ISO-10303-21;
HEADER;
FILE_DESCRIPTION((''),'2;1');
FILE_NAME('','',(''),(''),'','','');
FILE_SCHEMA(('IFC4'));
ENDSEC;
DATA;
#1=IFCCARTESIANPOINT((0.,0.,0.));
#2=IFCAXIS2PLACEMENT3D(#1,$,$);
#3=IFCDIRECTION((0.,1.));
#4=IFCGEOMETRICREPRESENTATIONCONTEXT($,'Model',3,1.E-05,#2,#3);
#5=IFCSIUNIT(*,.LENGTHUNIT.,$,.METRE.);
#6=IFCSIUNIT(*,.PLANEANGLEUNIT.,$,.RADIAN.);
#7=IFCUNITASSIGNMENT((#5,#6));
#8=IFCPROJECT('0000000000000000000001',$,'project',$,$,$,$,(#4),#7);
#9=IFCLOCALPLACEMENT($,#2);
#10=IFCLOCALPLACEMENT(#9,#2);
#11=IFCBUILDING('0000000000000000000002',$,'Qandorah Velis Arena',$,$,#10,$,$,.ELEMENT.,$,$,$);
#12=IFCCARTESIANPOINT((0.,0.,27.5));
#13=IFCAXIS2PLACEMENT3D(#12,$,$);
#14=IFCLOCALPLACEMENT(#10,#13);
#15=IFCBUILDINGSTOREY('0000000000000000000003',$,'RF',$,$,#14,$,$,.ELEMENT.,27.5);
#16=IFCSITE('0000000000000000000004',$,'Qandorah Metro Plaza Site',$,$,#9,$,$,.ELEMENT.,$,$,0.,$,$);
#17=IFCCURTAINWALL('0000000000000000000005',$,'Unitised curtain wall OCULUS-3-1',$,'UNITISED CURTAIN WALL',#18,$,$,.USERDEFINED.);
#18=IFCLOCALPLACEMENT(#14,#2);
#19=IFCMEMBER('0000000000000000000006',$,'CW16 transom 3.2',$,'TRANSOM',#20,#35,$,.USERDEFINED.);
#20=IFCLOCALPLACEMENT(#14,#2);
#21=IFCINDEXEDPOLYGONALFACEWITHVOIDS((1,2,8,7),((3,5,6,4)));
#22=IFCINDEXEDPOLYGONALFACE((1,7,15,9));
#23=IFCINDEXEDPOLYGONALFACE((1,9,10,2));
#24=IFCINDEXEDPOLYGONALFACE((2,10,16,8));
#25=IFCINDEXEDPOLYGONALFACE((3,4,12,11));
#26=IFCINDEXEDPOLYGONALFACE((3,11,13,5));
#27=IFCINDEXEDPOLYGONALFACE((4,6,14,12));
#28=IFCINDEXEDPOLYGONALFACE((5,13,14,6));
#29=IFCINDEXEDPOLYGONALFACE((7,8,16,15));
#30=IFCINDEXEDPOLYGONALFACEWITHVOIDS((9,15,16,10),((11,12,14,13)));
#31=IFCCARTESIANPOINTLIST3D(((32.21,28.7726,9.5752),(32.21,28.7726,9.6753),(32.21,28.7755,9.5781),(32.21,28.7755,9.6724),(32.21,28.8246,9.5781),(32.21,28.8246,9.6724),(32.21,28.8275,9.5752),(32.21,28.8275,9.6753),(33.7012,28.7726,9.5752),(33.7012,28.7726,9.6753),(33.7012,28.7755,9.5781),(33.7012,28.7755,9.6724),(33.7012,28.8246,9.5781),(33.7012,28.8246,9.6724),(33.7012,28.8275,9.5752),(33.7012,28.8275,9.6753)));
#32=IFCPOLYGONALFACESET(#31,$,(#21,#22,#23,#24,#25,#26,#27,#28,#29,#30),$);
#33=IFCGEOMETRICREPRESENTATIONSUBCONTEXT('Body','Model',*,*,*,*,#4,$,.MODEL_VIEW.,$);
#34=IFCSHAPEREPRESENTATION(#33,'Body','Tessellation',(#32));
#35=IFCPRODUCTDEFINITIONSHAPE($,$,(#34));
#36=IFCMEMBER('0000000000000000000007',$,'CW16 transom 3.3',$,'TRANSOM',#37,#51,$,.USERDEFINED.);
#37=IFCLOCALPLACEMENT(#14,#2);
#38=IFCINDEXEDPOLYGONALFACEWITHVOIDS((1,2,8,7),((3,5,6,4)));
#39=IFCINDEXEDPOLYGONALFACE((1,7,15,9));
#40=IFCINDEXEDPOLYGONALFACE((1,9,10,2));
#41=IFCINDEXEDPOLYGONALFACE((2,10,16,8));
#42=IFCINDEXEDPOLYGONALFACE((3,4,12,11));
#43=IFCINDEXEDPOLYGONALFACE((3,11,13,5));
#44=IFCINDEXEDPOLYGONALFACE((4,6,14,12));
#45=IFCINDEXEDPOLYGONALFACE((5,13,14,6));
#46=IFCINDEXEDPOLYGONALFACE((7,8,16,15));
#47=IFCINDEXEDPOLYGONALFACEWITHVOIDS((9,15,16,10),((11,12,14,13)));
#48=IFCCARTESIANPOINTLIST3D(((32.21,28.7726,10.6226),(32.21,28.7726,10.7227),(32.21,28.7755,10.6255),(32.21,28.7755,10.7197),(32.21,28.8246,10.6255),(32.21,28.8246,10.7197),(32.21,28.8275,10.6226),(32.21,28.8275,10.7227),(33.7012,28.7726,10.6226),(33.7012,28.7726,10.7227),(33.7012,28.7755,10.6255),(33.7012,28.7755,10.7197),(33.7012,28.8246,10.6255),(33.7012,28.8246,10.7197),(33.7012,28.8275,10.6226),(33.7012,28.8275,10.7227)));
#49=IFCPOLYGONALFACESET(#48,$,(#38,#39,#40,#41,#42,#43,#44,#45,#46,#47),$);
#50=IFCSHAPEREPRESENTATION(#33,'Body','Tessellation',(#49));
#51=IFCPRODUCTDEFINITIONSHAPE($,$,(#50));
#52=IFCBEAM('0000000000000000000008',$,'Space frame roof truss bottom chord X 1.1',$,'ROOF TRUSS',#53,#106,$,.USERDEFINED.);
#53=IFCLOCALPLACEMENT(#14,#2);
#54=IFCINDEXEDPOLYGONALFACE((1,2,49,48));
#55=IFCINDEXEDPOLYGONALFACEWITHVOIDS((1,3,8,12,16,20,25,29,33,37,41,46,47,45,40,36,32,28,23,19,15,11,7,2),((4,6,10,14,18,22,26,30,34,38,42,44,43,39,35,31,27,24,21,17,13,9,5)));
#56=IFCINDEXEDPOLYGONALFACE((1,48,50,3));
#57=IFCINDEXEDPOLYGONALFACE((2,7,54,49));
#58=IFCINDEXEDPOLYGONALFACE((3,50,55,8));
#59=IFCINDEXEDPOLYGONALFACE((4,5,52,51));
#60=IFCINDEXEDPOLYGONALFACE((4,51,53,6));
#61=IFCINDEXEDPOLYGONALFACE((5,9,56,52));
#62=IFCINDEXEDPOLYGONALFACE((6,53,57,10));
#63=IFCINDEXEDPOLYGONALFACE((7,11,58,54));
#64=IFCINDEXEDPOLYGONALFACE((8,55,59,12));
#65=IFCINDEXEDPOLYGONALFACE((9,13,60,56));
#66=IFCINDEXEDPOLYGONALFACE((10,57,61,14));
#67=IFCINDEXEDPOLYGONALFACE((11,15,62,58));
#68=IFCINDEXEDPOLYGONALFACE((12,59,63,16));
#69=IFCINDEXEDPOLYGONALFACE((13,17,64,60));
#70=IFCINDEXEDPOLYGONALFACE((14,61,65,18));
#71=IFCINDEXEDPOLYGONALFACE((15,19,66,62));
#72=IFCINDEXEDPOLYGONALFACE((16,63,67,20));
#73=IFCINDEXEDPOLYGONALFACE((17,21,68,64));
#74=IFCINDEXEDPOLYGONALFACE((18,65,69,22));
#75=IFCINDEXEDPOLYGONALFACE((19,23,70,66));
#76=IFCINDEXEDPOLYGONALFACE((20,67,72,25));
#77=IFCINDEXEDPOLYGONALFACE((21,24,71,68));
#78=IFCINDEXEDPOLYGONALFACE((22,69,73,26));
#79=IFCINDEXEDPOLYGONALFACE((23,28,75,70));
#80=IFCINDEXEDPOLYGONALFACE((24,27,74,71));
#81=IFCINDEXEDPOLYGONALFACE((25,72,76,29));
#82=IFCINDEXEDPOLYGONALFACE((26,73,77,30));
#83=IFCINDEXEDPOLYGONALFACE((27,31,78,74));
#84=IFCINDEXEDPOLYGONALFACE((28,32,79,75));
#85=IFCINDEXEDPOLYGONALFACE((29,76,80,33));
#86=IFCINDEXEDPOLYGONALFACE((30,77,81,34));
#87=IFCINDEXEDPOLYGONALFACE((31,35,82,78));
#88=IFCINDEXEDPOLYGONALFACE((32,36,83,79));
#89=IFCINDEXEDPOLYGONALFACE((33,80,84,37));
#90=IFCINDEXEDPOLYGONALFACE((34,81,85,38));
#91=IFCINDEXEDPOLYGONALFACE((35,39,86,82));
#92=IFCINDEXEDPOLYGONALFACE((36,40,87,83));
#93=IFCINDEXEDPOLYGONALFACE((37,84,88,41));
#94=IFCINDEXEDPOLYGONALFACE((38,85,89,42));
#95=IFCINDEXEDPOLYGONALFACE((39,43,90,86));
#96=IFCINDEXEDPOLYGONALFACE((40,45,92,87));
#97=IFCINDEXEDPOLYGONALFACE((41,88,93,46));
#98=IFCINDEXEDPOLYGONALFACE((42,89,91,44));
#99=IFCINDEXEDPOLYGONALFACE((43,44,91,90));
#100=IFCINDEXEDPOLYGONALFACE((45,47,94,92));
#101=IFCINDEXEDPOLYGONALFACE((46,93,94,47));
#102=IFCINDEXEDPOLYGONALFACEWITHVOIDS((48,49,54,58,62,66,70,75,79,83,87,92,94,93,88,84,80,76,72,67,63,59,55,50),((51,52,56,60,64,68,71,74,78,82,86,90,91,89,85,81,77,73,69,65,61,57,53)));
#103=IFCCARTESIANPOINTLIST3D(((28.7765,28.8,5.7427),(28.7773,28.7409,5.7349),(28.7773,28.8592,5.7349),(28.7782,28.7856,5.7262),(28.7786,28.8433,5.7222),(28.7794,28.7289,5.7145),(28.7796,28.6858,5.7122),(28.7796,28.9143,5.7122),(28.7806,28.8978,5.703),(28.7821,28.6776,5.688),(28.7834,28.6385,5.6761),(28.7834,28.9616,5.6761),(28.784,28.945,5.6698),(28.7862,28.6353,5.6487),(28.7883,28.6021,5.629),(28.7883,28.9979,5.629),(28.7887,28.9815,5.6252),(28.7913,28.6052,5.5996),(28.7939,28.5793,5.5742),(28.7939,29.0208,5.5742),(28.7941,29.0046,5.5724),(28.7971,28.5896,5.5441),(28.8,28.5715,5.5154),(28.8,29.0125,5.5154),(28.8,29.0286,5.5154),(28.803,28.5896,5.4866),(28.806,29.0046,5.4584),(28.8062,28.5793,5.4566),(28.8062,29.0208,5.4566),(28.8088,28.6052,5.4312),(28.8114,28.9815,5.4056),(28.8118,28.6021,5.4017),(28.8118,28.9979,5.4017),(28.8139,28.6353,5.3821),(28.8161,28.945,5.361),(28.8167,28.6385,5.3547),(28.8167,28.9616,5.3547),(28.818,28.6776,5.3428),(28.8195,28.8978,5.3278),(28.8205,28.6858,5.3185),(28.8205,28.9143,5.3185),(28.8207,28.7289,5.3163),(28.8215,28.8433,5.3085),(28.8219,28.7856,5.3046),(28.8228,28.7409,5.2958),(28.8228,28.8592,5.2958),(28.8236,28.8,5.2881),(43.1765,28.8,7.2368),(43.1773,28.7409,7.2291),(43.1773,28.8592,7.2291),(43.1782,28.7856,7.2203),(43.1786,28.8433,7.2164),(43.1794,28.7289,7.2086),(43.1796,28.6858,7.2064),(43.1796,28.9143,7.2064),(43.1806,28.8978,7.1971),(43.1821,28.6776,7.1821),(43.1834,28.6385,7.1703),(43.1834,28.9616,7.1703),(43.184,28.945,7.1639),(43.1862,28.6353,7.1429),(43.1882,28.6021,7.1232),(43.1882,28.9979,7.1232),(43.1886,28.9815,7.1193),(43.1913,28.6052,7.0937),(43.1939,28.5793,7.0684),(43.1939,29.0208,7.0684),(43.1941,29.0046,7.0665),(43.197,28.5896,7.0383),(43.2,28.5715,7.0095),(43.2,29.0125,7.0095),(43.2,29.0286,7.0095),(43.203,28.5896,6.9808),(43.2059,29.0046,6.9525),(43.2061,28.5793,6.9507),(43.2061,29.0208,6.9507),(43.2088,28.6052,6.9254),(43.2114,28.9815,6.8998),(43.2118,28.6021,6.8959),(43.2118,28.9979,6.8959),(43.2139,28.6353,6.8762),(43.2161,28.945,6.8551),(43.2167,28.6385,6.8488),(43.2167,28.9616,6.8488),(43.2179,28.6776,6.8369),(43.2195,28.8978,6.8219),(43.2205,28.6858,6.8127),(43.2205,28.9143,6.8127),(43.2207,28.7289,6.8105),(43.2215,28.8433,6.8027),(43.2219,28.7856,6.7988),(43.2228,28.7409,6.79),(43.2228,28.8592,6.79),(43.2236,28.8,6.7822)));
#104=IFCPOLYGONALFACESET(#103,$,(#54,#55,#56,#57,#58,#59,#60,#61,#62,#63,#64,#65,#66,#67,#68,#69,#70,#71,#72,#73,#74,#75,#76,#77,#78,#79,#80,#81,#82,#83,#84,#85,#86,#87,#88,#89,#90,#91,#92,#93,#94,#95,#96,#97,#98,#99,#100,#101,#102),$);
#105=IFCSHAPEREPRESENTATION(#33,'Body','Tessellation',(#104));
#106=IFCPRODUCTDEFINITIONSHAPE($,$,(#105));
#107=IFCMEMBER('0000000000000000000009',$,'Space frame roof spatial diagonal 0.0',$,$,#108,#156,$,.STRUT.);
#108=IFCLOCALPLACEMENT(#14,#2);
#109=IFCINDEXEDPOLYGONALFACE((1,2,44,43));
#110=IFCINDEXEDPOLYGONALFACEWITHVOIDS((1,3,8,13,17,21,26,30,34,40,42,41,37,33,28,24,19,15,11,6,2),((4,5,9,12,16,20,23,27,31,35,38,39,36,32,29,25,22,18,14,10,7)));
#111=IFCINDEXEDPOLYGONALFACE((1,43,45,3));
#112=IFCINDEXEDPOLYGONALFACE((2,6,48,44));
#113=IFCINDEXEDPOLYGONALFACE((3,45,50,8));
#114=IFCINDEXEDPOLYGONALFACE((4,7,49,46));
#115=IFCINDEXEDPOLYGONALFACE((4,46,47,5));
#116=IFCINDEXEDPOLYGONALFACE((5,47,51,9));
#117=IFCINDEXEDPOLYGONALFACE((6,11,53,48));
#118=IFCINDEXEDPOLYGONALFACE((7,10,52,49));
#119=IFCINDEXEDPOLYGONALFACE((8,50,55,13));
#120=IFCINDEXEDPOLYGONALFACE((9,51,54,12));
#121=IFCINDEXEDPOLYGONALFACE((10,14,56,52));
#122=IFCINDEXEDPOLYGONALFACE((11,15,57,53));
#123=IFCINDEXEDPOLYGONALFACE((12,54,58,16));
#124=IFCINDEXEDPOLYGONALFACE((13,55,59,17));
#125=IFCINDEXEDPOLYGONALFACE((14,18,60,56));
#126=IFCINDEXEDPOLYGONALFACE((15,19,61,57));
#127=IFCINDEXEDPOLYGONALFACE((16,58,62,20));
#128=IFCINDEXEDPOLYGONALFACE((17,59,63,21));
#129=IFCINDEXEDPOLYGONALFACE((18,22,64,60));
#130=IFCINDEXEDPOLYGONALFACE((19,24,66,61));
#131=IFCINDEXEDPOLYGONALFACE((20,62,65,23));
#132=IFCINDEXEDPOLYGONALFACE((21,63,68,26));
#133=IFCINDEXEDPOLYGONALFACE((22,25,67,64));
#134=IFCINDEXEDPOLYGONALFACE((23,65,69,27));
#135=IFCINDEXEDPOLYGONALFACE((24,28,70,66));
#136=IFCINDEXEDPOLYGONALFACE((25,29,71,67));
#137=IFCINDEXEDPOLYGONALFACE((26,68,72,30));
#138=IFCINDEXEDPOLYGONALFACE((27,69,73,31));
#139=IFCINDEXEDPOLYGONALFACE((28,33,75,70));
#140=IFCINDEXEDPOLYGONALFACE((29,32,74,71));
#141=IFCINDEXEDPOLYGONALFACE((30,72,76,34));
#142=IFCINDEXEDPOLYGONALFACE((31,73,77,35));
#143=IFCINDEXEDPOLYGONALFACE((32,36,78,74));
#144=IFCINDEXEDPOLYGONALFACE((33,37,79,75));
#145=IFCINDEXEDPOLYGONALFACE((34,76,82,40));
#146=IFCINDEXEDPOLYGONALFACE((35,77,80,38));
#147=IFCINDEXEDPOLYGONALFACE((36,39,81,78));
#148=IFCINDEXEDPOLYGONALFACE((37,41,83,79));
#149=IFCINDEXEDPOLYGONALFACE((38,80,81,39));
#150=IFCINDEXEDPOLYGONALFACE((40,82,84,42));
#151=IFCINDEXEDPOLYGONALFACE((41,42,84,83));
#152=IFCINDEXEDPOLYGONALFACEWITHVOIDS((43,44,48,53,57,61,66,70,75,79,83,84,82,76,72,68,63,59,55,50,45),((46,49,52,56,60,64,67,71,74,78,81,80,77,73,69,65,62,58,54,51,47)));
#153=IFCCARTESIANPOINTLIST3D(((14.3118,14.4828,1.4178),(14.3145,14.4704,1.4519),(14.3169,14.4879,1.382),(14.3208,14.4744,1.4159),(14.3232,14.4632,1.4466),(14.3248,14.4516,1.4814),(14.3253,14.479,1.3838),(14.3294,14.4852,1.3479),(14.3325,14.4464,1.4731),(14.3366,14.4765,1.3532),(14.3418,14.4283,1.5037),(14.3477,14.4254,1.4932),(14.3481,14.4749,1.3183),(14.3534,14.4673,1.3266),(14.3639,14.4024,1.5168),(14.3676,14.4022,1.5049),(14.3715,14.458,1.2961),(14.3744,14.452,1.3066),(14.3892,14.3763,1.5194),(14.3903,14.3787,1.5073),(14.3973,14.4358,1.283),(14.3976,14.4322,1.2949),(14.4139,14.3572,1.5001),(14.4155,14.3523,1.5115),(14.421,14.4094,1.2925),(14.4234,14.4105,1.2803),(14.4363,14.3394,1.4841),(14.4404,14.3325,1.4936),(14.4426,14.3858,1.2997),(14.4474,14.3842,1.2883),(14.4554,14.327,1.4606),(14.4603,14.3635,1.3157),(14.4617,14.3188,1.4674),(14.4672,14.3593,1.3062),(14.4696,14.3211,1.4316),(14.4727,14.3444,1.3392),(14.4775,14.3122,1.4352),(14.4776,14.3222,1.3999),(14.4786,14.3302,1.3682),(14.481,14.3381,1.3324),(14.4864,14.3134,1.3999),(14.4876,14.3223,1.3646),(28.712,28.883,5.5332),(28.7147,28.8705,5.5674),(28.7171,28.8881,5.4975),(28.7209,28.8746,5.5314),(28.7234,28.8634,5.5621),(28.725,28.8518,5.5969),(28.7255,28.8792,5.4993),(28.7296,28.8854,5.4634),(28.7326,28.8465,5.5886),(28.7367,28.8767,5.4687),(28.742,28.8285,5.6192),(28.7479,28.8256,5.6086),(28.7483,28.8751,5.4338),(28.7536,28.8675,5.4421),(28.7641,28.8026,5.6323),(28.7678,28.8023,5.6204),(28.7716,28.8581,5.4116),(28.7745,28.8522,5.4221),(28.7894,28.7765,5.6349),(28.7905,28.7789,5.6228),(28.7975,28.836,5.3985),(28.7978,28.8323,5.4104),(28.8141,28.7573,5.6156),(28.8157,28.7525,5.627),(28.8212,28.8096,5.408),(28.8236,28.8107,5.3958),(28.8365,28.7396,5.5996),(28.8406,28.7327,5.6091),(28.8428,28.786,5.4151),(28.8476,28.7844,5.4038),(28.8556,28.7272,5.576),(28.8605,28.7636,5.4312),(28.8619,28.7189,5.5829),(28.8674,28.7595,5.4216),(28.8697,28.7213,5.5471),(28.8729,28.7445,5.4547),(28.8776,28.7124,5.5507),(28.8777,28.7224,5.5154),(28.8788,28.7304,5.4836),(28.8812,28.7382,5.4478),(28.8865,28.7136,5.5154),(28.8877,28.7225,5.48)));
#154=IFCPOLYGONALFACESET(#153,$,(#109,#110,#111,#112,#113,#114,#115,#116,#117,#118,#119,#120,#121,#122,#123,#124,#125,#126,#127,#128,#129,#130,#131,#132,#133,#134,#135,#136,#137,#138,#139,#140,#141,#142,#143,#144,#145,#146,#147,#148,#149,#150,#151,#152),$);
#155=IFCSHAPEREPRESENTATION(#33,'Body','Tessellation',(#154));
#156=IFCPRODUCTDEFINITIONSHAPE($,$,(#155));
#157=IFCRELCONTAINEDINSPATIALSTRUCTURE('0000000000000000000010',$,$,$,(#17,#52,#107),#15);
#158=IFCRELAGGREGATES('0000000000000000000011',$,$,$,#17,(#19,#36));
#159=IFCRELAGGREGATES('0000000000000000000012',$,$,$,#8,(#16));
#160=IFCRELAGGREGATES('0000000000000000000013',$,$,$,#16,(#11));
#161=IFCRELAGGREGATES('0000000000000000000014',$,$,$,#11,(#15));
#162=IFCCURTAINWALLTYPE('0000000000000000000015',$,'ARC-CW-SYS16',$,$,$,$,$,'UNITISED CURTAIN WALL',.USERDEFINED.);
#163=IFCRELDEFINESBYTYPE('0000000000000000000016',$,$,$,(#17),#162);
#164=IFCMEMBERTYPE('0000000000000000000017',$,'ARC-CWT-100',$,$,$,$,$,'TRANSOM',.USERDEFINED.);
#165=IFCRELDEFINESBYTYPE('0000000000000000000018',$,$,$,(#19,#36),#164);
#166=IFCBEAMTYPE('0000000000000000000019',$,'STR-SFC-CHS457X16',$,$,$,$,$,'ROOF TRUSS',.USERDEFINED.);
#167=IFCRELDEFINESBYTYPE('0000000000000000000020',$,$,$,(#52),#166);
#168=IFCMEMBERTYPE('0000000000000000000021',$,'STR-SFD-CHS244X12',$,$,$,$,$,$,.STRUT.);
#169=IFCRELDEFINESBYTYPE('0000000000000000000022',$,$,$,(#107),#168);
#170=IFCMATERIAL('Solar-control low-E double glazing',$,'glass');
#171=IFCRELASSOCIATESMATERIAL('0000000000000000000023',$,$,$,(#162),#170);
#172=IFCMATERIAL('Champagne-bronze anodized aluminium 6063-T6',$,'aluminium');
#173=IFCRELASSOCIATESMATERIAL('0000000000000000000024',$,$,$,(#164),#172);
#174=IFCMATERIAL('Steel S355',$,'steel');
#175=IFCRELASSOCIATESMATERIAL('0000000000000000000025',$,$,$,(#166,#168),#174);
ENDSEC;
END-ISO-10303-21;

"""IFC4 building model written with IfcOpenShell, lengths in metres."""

from ifc_helpers import new_model, si_unit, direction, frame, origin, origin_2d, place, context, subcontext, project, spatial, hollow_rectangle, hollow_circle, extrude, material, material_profile, profile_set, type_object, element, aggregate, save


model = new_model("IFC4")

# Units and contexts
model_context = context("Model", 3, precision=1e-05, world=origin(), true_north=direction((0.0, 1.0)))
body_context = subcontext(model_context, "Body", "Model", "MODEL_VIEW")
ifc_project = project(units=[si_unit("LENGTHUNIT", "METRE"), si_unit("PLANEANGLEUNIT", "RADIAN")], contexts=[model_context])

# Site, building, storey
site_placement = place(None, origin())
site = spatial("IfcSite", under=ifc_project, at=site_placement, Name="Qandorah Metro Plaza Site", CompositionType="ELEMENT", RefElevation=0.0)
building_placement = place(site_placement, origin())
building = spatial("IfcBuilding", under=site, at=building_placement, Name="Qandorah Velis Arena", CompositionType="ELEMENT")
storey_placement = place(building_placement, frame((0.0, 0.0, 27.5)))
storey = spatial("IfcBuildingStorey", under=building, at=storey_placement, Name="RF", CompositionType="ELEMENT", Elevation=27.5)

# Curtain wall
ifc_material_1 = material(Name="Solar-control low-E double glazing", Category="glass")
ifc_material_2 = material(Name="Champagne-bronze anodized aluminium 6063-T6", Category="aluminium")
curtain_wall_type_1 = type_object("IfcCurtainWallType", Name="ARC-CW-SYS16", ElementType="UNITISED CURTAIN WALL", PredefinedType="USERDEFINED", material=ifc_material_1)
curtain_wall_1_placement = place(storey_placement, origin())
curtain_wall_1 = element("IfcCurtainWall", 1, at=curtain_wall_1_placement, inside=storey, type_object=curtain_wall_type_1, Name="Unitised curtain wall OCULUS-3-1", ObjectType="UNITISED CURTAIN WALL", PredefinedType="USERDEFINED")

# Members
ifc_material_profile_1 = material_profile(ifc_material_2, hollow_rectangle(XDim=0.0549, YDim=0.1001, WallThickness=0.0029, at=origin_2d()), Name="ALU TRANSOM 55x100")
ifc_profile_set_1 = profile_set([ifc_material_profile_1], Name="Champagne-bronze anodized aluminium 6063-T6")
member_type_1 = type_object("IfcMemberType", Name="ARC-CWT-100", ElementType="TRANSOM", PredefinedType="USERDEFINED", material=ifc_profile_set_1)
member_1_placement = place(storey_placement, frame((32.21, 28.8, 9.6252), z_axis=(1.0, 0.0, 0.0), x_axis=(0.0, 1.0, 0.0)))
member_1 = element("IfcMember", 2, at=member_1_placement, type_object=member_type_1, Name="CW16 transom 3.2", ObjectType="TRANSOM", PredefinedType="USERDEFINED", context=body_context, shape_type="SweptSolid", body=[
    extrude(hollow_rectangle(XDim=0.0549, YDim=0.1001, WallThickness=0.0029, at=origin_2d()), origin(), (0.0, 0.0, 1.0), 1.4912),
])
member_2_placement = place(storey_placement, frame((32.21, 28.8, 10.6726), z_axis=(1.0, 0.0, 0.0), x_axis=(0.0, 1.0, 0.0)))
member_2 = element("IfcMember", 3, at=member_2_placement, type_object=member_type_1, Name="CW16 transom 3.3", ObjectType="TRANSOM", PredefinedType="USERDEFINED", context=body_context, shape_type="SweptSolid", body=[
    extrude(hollow_rectangle(XDim=0.0549, YDim=0.1001, WallThickness=0.0029, at=origin_2d()), origin(), (0.0, 0.0, 1.0), 1.4912),
])

# Beam
ifc_material_3 = material(Name="Steel S355", Category="steel")
ifc_material_profile_2 = material_profile(ifc_material_3, hollow_circle(Radius=0.2285, WallThickness=0.0161, at=origin_2d()), Name="CHS 457x16")
ifc_profile_set_2 = profile_set([ifc_material_profile_2], Name="Steel S355")
beam_type = type_object("IfcBeamType", Name="STR-SFC-CHS457X16", ElementType="ROOF TRUSS", PredefinedType="USERDEFINED", material=ifc_profile_set_2)
beam_placement = place(storey_placement, frame((28.8, 28.8, 5.5154), z_axis=(0.99466, 0.0, 0.103206), x_axis=(0.0, 1.0, 0.0)))
element("IfcBeam", 4, at=beam_placement, inside=storey, type_object=beam_type, Name="Space frame roof truss bottom chord X 1.1", ObjectType="ROOF TRUSS", PredefinedType="USERDEFINED", context=body_context, shape_type="SweptSolid", body=[
    extrude(hollow_circle(Radius=0.2285, WallThickness=0.0161, at=origin_2d()), origin(), (0.0, 0.0, 1.0), 14.4773),
])

# Member
ifc_material_profile_3 = material_profile(ifc_material_3, hollow_circle(Radius=0.1223, WallThickness=0.0125, at=origin_2d()), Name="CHS 244.5x12.5")
ifc_profile_set_3 = profile_set([ifc_material_profile_3], Name="Steel S355")
member_type_2 = type_object("IfcMemberType", Name="STR-SFD-CHS244X12", PredefinedType="STRUT", material=ifc_profile_set_3)
member_3_placement = place(storey_placement, frame((28.8, 28.8, 5.5154), z_axis=(-0.693096, -0.693096, -0.198083), x_axis=(0.707107, -0.707107, 0.0)))
element("IfcMember", 5, at=member_3_placement, inside=storey, type_object=member_type_2, Name="Space frame roof spatial diagonal 0.0", PredefinedType="STRUT", context=body_context, shape_type="SweptSolid", body=[
    extrude(hollow_circle(Radius=0.1223, WallThickness=0.0125, at=origin_2d()), origin(), (0.0, 0.0, 1.0), 20.7766),
])

aggregate(curtain_wall_1, [member_1, member_2])

save(model, "model.ifc")
